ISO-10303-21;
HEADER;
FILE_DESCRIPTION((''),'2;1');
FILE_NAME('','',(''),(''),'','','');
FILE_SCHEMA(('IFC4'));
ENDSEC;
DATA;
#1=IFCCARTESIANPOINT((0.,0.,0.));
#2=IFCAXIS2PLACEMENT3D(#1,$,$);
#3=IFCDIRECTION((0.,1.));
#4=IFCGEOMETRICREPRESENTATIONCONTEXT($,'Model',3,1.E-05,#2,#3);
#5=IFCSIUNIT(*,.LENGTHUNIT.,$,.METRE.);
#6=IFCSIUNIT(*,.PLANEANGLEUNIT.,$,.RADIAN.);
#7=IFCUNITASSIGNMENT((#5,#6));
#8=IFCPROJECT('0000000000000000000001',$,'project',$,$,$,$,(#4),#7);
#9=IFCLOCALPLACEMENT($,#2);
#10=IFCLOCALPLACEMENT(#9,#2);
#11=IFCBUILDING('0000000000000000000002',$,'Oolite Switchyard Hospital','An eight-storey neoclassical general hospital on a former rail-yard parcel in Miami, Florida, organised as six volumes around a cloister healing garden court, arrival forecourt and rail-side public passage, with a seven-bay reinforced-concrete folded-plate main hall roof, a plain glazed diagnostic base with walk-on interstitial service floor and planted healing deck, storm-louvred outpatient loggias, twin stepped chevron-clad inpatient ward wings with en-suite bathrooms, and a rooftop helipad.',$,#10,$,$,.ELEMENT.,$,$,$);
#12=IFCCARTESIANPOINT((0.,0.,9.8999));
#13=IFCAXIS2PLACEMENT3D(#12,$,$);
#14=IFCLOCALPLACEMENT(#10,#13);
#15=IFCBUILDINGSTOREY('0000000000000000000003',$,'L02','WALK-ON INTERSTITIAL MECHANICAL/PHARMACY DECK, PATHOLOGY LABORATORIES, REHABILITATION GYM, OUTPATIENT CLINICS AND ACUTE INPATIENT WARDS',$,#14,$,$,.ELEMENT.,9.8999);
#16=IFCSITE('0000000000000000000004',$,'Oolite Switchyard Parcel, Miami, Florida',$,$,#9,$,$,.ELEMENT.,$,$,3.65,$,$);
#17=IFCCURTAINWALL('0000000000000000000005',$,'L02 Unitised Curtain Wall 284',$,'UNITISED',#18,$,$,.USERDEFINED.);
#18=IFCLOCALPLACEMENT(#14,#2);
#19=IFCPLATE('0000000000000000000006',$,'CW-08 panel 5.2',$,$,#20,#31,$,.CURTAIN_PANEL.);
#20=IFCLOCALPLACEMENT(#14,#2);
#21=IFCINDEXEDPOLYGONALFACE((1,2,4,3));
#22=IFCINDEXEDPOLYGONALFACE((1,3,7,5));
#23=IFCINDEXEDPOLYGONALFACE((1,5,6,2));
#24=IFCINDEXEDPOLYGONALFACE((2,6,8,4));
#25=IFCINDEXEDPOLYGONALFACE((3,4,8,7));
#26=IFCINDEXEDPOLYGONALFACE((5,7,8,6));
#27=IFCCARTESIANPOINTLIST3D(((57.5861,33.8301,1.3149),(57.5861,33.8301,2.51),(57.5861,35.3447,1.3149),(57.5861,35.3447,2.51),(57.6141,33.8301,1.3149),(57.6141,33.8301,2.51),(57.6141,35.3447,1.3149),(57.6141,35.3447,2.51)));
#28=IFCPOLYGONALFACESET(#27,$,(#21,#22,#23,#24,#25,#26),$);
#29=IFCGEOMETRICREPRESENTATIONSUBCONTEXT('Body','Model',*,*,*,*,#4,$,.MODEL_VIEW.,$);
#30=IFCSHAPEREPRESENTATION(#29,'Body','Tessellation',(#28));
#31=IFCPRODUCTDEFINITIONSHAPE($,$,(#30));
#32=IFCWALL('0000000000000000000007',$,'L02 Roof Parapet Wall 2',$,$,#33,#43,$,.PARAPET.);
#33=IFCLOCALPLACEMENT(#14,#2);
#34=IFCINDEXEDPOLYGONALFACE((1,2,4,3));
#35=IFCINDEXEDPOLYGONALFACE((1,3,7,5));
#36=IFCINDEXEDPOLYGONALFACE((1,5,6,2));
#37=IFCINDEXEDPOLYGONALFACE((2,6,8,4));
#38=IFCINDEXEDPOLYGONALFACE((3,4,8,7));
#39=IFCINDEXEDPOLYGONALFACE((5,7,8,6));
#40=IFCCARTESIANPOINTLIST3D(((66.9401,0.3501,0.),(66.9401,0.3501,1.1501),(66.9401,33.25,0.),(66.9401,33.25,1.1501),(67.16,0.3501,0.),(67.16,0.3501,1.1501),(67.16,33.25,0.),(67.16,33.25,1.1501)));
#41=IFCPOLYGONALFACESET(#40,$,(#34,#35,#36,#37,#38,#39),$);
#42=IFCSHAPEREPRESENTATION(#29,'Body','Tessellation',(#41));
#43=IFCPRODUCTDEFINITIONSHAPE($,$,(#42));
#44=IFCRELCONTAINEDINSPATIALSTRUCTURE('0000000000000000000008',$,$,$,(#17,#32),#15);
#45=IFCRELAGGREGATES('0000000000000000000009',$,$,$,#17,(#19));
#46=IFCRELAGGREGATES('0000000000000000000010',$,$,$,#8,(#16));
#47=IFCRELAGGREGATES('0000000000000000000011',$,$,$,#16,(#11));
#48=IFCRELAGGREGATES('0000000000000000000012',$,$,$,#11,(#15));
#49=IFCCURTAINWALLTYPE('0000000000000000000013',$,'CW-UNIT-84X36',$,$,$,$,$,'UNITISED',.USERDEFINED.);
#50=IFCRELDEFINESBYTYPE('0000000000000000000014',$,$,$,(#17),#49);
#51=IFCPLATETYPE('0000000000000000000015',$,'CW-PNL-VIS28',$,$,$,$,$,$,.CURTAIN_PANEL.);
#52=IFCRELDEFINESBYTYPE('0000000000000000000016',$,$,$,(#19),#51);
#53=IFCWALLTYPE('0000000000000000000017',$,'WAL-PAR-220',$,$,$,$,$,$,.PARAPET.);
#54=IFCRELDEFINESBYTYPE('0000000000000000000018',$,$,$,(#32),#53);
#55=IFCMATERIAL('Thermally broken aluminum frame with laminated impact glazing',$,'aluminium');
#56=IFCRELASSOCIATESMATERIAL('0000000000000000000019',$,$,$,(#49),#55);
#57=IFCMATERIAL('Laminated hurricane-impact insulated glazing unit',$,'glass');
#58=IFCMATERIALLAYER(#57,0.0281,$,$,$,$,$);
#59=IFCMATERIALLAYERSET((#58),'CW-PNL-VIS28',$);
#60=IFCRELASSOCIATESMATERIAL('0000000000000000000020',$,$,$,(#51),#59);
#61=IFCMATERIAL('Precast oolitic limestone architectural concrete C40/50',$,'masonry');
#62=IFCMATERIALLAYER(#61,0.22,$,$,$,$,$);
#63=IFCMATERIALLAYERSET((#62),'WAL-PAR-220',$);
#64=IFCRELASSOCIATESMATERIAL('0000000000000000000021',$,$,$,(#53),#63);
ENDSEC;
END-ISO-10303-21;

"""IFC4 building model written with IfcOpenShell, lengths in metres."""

from ifc_helpers import new_model, si_unit, direction, frame, frame_2d, origin, origin_2d, place, context, subcontext, project, spatial, rectangle, extrude, material, layer, layer_set, type_object, element, aggregate, save


model = new_model("IFC4")

# Units and contexts
model_context = context("Model", 3, precision=1e-05, world=origin(), true_north=direction((0.0, 1.0)))
body_context = subcontext(model_context, "Body", "Model", "MODEL_VIEW")
ifc_project = project(units=[si_unit("LENGTHUNIT", "METRE"), si_unit("PLANEANGLEUNIT", "RADIAN")], contexts=[model_context])

# Site, building, storey
site_placement = place(None, origin())
site = spatial("IfcSite", under=ifc_project, at=site_placement, Name="Oolite Switchyard Parcel, Miami, Florida", CompositionType="ELEMENT", RefElevation=3.65)
building_placement = place(site_placement, origin())
building = spatial("IfcBuilding", under=site, at=building_placement, Name="Oolite Switchyard Hospital", Description="An eight-storey neoclassical general hospital on a former rail-yard parcel in Miami, Florida, organised as six volumes around a cloister healing garden court, arrival forecourt and rail-side public passage, with a seven-bay reinforced-concrete folded-plate main hall roof, a plain glazed diagnostic base with walk-on interstitial service floor and planted healing deck, storm-louvred outpatient loggias, twin stepped chevron-clad inpatient ward wings with en-suite bathrooms, and a rooftop helipad.", CompositionType="ELEMENT")
storey_placement = place(building_placement, frame((0.0, 0.0, 9.8999)))
storey = spatial("IfcBuildingStorey", under=building, at=storey_placement, Name="L02", Description="WALK-ON INTERSTITIAL MECHANICAL/PHARMACY DECK, PATHOLOGY LABORATORIES, REHABILITATION GYM, OUTPATIENT CLINICS AND ACUTE INPATIENT WARDS", CompositionType="ELEMENT", Elevation=9.8999)

# Curtain wall, plate
ifc_material_1 = material(Name="Thermally broken aluminum frame with laminated impact glazing", Category="aluminium")
curtain_wall_type = type_object("IfcCurtainWallType", Name="CW-UNIT-84X36", ElementType="UNITISED", PredefinedType="USERDEFINED", material=ifc_material_1)
curtain_wall_placement = place(storey_placement, origin())
curtain_wall = element("IfcCurtainWall", 1, at=curtain_wall_placement, inside=storey, type_object=curtain_wall_type, Name="L02 Unitised Curtain Wall 284", ObjectType="UNITISED", PredefinedType="USERDEFINED")
ifc_material_2 = material(Name="Laminated hurricane-impact insulated glazing unit", Category="glass")
ifc_layer_1 = layer(ifc_material_2, 0.0281)
ifc_layer_set_1 = layer_set([ifc_layer_1], Name="CW-PNL-VIS28")
plate_type = type_object("IfcPlateType", Name="CW-PNL-VIS28", PredefinedType="CURTAIN_PANEL", material=ifc_layer_set_1)
plate_1_placement = place(storey_placement, frame((57.6001, 34.5874, 1.3149), z_axis=(0.0, 0.0, 1.0), x_axis=(0.0, -1.0, 0.0)))
plate_1 = element("IfcPlate", 2, at=plate_1_placement, type_object=plate_type, Name="CW-08 panel 5.2", PredefinedType="CURTAIN_PANEL", context=body_context, shape_type="SweptSolid", body=[
    extrude(rectangle(XDim=1.5146, YDim=0.0281, at=origin_2d()), origin(), (0.0, 0.0, 1.0), 1.1951),
])
aggregate(curtain_wall, [plate_1])

# Wall
ifc_material_3 = material(Name="Precast oolitic limestone architectural concrete C40/50", Category="masonry")
ifc_layer_2 = layer(ifc_material_3, 0.22)
ifc_layer_set_2 = layer_set([ifc_layer_2], Name="WAL-PAR-220")
wall_type = type_object("IfcWallType", Name="WAL-PAR-220", PredefinedType="PARAPET", material=ifc_layer_set_2)
wall_placement = place(storey_placement, frame((67.05, 0.3501, 0.0), z_axis=(0.0, 0.0, 1.0), x_axis=(0.0, 1.0, 0.0)))
element("IfcWall", 3, at=wall_placement, inside=storey, type_object=wall_type, Name="L02 Roof Parapet Wall 2", PredefinedType="PARAPET", context=body_context, shape_type="SweptSolid", body=[
    extrude(rectangle(XDim=32.8999, YDim=0.22, at=frame_2d((16.45, 0.0))), origin(), (0.0, 0.0, 1.0), 1.1501),
])

save(model, "model.ifc")
